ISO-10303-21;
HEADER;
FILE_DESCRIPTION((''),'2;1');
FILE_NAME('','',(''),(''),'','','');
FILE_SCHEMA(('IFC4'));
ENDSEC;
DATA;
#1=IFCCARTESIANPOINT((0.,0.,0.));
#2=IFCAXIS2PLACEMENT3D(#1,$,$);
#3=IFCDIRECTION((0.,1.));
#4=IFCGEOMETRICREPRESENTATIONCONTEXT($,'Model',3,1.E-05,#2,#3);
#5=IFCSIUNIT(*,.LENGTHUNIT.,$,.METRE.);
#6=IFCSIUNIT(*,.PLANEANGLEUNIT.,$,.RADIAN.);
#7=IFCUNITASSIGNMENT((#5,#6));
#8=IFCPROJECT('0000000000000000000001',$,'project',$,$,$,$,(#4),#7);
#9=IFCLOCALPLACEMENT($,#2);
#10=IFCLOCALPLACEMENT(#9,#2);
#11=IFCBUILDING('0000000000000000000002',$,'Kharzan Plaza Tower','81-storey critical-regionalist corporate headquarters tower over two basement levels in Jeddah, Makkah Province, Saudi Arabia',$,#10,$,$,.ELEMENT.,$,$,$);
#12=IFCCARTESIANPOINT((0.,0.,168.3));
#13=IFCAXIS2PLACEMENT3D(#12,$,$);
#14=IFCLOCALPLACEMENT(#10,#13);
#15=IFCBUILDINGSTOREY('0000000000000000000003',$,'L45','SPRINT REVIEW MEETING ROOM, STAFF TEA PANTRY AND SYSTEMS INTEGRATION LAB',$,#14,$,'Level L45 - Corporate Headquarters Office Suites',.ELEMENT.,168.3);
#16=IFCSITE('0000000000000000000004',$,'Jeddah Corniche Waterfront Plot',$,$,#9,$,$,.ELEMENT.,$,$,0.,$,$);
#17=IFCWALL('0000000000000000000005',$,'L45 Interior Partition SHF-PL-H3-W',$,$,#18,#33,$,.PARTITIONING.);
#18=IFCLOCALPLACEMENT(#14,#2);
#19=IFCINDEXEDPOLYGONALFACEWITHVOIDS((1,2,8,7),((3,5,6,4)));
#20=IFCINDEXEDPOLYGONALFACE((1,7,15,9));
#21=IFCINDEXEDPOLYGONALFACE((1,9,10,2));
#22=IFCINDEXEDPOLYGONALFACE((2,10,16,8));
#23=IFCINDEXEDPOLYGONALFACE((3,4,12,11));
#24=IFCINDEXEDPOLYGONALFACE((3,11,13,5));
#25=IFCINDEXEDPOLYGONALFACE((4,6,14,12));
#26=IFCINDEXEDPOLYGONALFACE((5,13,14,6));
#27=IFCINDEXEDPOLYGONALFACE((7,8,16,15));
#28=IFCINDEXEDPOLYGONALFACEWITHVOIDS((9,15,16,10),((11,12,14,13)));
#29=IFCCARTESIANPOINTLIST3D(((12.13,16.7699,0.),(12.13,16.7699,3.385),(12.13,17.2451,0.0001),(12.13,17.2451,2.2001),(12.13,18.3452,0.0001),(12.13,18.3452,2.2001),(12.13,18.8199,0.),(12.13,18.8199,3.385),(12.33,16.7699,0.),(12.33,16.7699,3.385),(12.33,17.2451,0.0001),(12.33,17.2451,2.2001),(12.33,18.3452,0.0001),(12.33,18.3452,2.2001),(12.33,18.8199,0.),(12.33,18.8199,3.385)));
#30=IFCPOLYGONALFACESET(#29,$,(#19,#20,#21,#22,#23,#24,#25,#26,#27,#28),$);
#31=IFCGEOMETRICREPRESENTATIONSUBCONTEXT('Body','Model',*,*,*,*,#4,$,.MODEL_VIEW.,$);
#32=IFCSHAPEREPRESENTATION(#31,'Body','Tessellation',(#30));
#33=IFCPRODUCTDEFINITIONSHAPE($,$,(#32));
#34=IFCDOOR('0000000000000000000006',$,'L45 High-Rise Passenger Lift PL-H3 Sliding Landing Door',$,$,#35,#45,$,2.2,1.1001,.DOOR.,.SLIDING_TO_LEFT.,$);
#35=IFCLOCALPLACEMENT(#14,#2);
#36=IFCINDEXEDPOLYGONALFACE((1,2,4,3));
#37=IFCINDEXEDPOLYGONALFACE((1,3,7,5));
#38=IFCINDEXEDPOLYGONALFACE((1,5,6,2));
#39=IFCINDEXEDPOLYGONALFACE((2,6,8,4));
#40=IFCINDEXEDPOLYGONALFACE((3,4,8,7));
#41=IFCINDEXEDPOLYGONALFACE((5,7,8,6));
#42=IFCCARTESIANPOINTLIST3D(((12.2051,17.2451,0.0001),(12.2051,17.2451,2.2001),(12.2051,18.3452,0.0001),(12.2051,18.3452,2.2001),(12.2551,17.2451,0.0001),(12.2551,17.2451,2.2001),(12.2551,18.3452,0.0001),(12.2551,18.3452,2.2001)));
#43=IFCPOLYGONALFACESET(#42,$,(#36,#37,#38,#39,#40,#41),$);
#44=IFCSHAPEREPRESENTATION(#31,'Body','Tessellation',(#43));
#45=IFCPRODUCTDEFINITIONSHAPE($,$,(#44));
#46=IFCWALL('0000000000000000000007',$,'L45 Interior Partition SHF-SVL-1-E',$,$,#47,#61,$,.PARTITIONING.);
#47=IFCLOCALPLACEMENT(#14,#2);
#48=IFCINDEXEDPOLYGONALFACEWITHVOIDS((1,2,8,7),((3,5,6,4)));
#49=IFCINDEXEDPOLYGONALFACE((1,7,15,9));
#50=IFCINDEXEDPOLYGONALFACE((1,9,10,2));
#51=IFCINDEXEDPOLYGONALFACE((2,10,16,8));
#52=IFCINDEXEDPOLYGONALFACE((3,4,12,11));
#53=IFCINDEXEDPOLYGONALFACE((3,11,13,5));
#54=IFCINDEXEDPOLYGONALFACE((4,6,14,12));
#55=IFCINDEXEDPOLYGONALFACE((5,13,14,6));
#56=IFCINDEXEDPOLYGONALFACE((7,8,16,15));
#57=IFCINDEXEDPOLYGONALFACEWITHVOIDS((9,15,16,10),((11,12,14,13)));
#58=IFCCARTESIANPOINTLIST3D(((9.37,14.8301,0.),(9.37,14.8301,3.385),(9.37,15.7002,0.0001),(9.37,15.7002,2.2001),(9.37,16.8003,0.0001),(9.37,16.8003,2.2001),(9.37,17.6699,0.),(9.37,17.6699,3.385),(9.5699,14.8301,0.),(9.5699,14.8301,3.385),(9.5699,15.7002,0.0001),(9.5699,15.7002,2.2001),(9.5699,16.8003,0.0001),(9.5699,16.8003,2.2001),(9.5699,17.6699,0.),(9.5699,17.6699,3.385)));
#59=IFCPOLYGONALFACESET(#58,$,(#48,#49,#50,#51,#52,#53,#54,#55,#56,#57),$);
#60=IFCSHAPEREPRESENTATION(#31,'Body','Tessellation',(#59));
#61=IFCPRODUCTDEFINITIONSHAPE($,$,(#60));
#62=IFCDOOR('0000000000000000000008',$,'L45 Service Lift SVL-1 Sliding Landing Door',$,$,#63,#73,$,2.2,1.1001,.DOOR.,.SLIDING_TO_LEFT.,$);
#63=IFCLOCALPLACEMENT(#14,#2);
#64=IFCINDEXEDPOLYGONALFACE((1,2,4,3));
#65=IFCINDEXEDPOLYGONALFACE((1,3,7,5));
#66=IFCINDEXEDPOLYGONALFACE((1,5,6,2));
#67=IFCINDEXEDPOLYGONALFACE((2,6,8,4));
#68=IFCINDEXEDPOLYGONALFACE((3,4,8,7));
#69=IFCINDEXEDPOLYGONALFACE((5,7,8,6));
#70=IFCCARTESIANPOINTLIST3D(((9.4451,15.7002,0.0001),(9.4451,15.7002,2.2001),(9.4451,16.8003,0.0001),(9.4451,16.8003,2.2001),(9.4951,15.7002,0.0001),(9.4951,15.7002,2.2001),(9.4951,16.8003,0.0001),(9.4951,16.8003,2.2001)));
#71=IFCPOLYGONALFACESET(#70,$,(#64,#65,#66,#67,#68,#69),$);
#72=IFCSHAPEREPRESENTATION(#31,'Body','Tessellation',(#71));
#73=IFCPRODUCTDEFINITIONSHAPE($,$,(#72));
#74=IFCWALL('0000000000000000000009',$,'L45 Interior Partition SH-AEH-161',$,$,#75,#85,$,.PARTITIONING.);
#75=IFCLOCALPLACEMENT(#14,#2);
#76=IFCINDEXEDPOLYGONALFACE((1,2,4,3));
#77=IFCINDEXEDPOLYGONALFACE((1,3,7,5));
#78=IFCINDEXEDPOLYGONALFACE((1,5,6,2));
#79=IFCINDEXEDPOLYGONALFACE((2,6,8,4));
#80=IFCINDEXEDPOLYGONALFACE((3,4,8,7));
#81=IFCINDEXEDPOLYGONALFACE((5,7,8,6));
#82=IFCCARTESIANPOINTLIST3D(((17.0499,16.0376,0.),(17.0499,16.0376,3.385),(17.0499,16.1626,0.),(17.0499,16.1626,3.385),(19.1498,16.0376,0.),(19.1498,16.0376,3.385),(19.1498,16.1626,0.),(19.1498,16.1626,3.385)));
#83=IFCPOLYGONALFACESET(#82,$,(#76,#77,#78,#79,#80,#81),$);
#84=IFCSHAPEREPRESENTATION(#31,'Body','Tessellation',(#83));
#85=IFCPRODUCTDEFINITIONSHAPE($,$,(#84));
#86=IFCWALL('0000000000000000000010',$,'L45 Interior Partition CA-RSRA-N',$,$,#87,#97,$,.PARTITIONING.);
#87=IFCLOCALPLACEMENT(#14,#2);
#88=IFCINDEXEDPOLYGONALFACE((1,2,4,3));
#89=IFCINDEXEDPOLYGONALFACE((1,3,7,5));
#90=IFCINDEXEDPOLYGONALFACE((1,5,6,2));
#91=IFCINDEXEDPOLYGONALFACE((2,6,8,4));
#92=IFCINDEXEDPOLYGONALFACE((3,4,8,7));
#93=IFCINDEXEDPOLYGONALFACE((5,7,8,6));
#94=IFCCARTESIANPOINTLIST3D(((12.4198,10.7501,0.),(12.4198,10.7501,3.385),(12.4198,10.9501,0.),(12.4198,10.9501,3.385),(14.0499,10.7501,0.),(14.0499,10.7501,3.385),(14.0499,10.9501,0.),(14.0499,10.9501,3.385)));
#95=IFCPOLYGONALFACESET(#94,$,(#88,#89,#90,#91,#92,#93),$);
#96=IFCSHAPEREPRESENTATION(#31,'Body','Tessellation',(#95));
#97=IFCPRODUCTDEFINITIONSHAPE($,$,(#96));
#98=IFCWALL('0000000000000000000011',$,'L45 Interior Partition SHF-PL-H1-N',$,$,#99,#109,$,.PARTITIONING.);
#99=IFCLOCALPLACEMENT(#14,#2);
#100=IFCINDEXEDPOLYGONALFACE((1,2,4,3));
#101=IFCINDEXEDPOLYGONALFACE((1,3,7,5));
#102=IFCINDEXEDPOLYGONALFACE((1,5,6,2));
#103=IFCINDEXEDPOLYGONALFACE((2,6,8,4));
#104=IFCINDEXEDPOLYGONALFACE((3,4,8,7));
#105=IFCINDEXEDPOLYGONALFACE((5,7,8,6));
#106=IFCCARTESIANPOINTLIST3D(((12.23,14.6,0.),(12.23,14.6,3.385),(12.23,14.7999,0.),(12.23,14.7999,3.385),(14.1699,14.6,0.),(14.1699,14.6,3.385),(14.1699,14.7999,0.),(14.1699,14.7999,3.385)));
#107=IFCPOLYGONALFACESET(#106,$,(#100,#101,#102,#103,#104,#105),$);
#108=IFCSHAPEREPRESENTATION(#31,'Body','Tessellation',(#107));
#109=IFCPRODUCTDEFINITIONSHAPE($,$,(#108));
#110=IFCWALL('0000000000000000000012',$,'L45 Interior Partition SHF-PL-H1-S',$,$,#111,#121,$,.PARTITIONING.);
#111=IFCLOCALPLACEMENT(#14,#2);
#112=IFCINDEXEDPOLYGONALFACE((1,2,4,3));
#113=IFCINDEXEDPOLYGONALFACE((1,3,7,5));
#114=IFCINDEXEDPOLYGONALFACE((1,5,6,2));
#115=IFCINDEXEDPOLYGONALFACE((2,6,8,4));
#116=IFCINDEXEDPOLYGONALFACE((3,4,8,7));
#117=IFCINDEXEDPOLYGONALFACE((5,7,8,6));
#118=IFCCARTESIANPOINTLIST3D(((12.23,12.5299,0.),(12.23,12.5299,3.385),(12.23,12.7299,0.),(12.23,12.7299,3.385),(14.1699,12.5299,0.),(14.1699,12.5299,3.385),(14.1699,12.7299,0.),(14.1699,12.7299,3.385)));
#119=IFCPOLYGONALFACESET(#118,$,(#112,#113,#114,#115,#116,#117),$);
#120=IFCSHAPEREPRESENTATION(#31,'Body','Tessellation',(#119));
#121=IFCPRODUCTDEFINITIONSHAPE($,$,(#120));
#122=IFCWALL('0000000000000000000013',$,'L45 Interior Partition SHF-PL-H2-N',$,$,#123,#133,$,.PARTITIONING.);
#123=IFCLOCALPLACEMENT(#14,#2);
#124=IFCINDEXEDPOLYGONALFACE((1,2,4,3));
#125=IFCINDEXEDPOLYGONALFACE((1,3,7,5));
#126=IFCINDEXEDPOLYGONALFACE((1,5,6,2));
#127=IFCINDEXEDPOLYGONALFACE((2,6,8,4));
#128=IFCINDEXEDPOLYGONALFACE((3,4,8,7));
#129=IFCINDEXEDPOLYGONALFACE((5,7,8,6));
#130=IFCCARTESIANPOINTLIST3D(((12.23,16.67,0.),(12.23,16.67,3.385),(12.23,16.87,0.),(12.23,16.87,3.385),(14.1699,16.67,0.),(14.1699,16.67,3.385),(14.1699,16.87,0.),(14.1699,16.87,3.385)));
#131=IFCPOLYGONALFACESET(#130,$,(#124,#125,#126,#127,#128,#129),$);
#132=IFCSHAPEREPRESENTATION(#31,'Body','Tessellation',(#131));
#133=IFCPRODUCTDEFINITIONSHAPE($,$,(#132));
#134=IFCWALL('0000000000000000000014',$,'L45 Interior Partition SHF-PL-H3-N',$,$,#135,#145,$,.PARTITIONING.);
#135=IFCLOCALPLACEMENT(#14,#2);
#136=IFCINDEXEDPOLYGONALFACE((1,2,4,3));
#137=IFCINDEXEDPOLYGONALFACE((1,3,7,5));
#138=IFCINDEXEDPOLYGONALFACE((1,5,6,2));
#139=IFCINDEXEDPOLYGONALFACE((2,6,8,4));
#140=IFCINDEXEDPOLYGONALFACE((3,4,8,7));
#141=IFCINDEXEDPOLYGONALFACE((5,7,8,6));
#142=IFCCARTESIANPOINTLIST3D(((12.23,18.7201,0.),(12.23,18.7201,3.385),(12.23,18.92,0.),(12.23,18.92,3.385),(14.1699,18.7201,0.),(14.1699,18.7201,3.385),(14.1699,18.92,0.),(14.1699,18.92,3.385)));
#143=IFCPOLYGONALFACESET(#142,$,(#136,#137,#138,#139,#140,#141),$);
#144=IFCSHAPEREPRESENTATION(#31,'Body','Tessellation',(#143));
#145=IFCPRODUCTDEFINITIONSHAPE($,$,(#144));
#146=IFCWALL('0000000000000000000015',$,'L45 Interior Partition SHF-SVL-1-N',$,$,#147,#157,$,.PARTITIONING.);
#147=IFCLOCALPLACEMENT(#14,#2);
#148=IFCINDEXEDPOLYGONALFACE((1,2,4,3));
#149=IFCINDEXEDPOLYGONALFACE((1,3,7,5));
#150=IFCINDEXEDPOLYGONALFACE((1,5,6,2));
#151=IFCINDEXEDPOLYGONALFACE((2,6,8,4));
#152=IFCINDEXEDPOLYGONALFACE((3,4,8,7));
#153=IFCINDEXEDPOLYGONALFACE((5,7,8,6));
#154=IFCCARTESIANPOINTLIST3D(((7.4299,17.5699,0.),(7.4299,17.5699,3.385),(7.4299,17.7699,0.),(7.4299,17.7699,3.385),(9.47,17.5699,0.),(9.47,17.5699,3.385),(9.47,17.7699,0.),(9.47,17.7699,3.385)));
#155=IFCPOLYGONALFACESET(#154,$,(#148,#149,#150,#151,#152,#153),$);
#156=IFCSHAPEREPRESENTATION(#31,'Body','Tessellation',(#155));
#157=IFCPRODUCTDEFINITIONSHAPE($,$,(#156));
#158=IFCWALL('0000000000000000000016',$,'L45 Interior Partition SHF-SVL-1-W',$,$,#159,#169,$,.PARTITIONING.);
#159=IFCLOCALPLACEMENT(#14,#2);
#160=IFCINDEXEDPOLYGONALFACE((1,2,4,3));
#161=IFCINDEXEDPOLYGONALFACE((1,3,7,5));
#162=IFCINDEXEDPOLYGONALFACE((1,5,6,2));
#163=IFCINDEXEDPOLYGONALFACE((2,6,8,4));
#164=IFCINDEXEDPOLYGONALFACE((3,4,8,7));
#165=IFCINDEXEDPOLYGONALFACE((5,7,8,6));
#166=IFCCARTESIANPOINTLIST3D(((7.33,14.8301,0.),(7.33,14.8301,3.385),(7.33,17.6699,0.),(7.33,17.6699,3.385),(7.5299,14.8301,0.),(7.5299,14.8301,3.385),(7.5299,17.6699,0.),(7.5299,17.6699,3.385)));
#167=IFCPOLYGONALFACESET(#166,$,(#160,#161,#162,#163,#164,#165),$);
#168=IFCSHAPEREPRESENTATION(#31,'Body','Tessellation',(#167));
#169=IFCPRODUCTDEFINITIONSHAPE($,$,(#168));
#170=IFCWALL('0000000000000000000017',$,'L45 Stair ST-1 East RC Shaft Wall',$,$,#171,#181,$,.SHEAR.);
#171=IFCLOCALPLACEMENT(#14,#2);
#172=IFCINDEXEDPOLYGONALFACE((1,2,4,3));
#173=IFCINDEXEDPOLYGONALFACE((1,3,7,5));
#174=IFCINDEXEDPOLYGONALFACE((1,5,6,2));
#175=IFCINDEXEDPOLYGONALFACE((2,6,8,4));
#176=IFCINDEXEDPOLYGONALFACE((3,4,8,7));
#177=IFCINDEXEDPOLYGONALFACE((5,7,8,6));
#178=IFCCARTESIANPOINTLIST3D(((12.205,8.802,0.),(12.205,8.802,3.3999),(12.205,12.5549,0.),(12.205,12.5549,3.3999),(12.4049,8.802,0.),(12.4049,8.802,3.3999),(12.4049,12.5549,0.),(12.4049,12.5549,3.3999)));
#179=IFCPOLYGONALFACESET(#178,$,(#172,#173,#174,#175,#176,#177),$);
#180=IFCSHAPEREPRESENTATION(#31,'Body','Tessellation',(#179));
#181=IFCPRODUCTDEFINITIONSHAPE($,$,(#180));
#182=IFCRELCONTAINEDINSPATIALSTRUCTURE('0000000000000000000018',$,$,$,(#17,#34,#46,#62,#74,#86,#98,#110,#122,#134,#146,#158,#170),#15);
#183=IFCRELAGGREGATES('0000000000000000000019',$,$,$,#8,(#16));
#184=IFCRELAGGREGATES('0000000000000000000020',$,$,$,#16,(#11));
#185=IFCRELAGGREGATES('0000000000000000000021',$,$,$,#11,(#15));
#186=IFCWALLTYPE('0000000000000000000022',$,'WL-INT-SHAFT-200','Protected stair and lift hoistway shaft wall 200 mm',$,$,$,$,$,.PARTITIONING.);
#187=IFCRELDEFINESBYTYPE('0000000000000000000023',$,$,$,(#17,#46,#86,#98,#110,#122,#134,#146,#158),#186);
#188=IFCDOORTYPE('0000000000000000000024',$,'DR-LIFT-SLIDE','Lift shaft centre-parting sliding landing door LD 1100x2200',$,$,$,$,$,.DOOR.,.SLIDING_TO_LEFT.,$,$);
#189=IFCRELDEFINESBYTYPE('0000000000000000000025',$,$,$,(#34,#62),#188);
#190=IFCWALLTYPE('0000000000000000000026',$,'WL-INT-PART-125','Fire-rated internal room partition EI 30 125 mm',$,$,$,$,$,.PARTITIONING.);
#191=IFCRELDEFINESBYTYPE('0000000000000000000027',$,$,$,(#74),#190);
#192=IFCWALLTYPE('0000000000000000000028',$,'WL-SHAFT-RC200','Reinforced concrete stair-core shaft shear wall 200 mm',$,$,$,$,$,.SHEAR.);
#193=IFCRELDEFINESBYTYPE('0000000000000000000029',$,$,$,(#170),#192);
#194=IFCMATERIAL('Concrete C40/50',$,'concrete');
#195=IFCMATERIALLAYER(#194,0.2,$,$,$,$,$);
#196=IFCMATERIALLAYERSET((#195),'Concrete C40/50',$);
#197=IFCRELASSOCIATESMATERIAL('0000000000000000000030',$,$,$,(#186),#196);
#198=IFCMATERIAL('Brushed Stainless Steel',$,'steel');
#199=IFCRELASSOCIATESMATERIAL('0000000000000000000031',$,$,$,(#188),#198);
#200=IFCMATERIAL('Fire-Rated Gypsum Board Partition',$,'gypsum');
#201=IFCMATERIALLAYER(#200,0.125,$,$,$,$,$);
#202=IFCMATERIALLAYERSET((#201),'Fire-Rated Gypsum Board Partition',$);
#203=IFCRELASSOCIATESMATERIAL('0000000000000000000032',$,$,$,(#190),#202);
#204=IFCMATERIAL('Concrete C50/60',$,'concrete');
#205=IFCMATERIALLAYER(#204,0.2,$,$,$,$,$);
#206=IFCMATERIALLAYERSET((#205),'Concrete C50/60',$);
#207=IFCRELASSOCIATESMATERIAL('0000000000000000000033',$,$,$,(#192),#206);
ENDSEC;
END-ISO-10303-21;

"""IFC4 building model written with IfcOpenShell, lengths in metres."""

from ifc_helpers import new_model, si_unit, direction, frame, frame_2d, origin, place, context, subcontext, project, spatial, rectangle, extrude, source, transform, mapped, material, layer, layer_set, type_object, element, fill, save


model = new_model("IFC4")

# Units and contexts
model_context = context("Model", 3, precision=1e-05, world=origin(), true_north=direction((0.0, 1.0)))
body_context = subcontext(model_context, "Body", "Model", "MODEL_VIEW")
ifc_project = project(units=[si_unit("LENGTHUNIT", "METRE"), si_unit("PLANEANGLEUNIT", "RADIAN")], contexts=[model_context])

# Site, building, storey
site_placement = place(None, origin())
site = spatial("IfcSite", under=ifc_project, at=site_placement, Name="Jeddah Corniche Waterfront Plot", CompositionType="ELEMENT", RefElevation=0.0)
building_placement = place(site_placement, origin())
building = spatial("IfcBuilding", under=site, at=building_placement, Name="Kharzan Plaza Tower", Description="81-storey critical-regionalist corporate headquarters tower over two basement levels in Jeddah, Makkah Province, Saudi Arabia", CompositionType="ELEMENT")
storey_placement = place(building_placement, frame((0.0, 0.0, 168.3)))
storey = spatial("IfcBuildingStorey", under=building, at=storey_placement, Name="L45", Description="SPRINT REVIEW MEETING ROOM, STAFF TEA PANTRY AND SYSTEMS INTEGRATION LAB", LongName="Level L45 - Corporate Headquarters Office Suites", CompositionType="ELEMENT", Elevation=168.3)

# Walls, openings, doors
ifc_material_1 = material(Name="Concrete C40/50", Category="concrete")
ifc_layer_1 = layer(ifc_material_1, 0.2)
ifc_layer_set_1 = layer_set([ifc_layer_1], Name="Concrete C40/50")
wall_type_1 = type_object("IfcWallType", Name="WL-INT-SHAFT-200", Description="Protected stair and lift hoistway shaft wall 200 mm", PredefinedType="PARTITIONING", material=ifc_layer_set_1)
ifc_material_2 = material(Name="Brushed Stainless Steel", Category="steel")
door_type = type_object("IfcDoorType", Name="DR-LIFT-SLIDE", Description="Lift shaft centre-parting sliding landing door LD 1100x2200", OperationType="SLIDING_TO_LEFT", PredefinedType="DOOR", material=ifc_material_2)
shared_shape_1 = source(origin(), body_context, "Body", "SweptSolid", [
    extrude(rectangle(XDim=1.1001, YDim=2.2, at=frame_2d((0.55, 1.1001))), frame((0.0, 0.0249, 0.0), z_axis=(0.0, -1.0, 0.0), x_axis=(1.0, 0.0, 0.0)), (0.0, 0.0, 1.0), 0.05),
])
wall_1_placement = place(storey_placement, frame((12.23, 16.77, 0.0), z_axis=(0.0, 0.0, 1.0), x_axis=(0.0, 1.0, 0.0)))
wall_1 = element("IfcWall", 1, at=wall_1_placement, inside=storey, type_object=wall_type_1, Name="L45 Interior Partition SHF-PL-H3-W", PredefinedType="PARTITIONING", context=body_context, shape_type="SweptSolid", body=[
    extrude(rectangle(XDim=2.05, YDim=0.2, at=frame_2d((1.0249, 0.0))), origin(), (0.0, 0.0, 1.0), 3.385),
])
opening_1_placement = place(wall_1_placement, frame((0.4751, 0.0, 0.0)))
opening_1 = element("IfcOpeningElement", 2, at=opening_1_placement, cuts=wall_1, PredefinedType="OPENING", context=body_context, shape_type="SweptSolid", body=[
    extrude(rectangle(XDim=1.1001, YDim=2.2, at=frame_2d((0.55, 1.1001))), frame((0.0, 0.1099, 0.0), z_axis=(0.0, -1.0, 0.0), x_axis=(1.0, 0.0, 0.0)), (0.0, 0.0, 1.0), 0.22),
])
door_1_placement = place(opening_1_placement, origin())
door_1 = element("IfcDoor", 3, at=door_1_placement, inside=storey, type_object=door_type, Name="L45 High-Rise Passenger Lift PL-H3 Sliding Landing Door", OperationType="SLIDING_TO_LEFT", OverallHeight=2.2, OverallWidth=1.1001, PredefinedType="DOOR", context=body_context, shape_type="MappedRepresentation", body=[
    mapped(shared_shape_1, transform((0.0, 0.0, 0.0), x_axis=(1.0, 0.0, 0.0), y_axis=(0.0, 1.0, 0.0), z_axis=(0.0, 0.0, 1.0))),
])
fill(opening_1, door_1)
wall_2_placement = place(storey_placement, frame((9.47, 14.8301, 0.0), z_axis=(0.0, 0.0, 1.0), x_axis=(0.0, 1.0, 0.0)))
wall_2 = element("IfcWall", 4, at=wall_2_placement, inside=storey, type_object=wall_type_1, Name="L45 Interior Partition SHF-SVL-1-E", PredefinedType="PARTITIONING", context=body_context, shape_type="SweptSolid", body=[
    extrude(rectangle(XDim=2.8398, YDim=0.2, at=frame_2d((1.4199, 0.0))), origin(), (0.0, 0.0, 1.0), 3.385),
])
opening_2_placement = place(wall_2_placement, frame((0.8701, 0.0, 0.0)))
opening_2 = element("IfcOpeningElement", 5, at=opening_2_placement, cuts=wall_2, PredefinedType="OPENING", context=body_context, shape_type="SweptSolid", body=[
    extrude(rectangle(XDim=1.1001, YDim=2.2, at=frame_2d((0.55, 1.1001))), frame((0.0, 0.1099, 0.0), z_axis=(0.0, -1.0, 0.0), x_axis=(1.0, 0.0, 0.0)), (0.0, 0.0, 1.0), 0.22),
])
door_2_placement = place(opening_2_placement, origin())
door_2 = element("IfcDoor", 6, at=door_2_placement, inside=storey, type_object=door_type, Name="L45 Service Lift SVL-1 Sliding Landing Door", OperationType="SLIDING_TO_LEFT", OverallHeight=2.2, OverallWidth=1.1001, PredefinedType="DOOR", context=body_context, shape_type="MappedRepresentation", body=[
    mapped(shared_shape_1, transform((0.0, 0.0, 0.0), x_axis=(1.0, 0.0, 0.0), y_axis=(0.0, 1.0, 0.0), z_axis=(0.0, 0.0, 1.0))),
])
fill(opening_2, door_2)

# Walls
ifc_material_3 = material(Name="Fire-Rated Gypsum Board Partition", Category="gypsum")
ifc_layer_2 = layer(ifc_material_3, 0.125)
ifc_layer_set_2 = layer_set([ifc_layer_2], Name="Fire-Rated Gypsum Board Partition")
wall_type_2 = type_object("IfcWallType", Name="WL-INT-PART-125", Description="Fire-rated internal room partition EI 30 125 mm", PredefinedType="PARTITIONING", material=ifc_layer_set_2)
shared_shape_2 = source(origin(), body_context, "Body", "SweptSolid", [
    extrude(rectangle(XDim=2.0999, YDim=0.125, at=frame_2d((1.0498, 0.0))), origin(), (0.0, 0.0, 1.0), 3.385),
])
wall_3_placement = place(storey_placement, frame((17.05, 16.1001, 0.0), z_axis=(0.0, 0.0, 1.0), x_axis=(1.0, 0.0, 0.0)))
element("IfcWall", 7, at=wall_3_placement, inside=storey, type_object=wall_type_2, Name="L45 Interior Partition SH-AEH-161", PredefinedType="PARTITIONING", context=body_context, shape_type="MappedRepresentation", body=[
    mapped(shared_shape_2, transform((0.0, 0.0, 0.0), x_axis=(1.0, 0.0, 0.0), y_axis=(0.0, 1.0, 0.0), z_axis=(0.0, 0.0, 1.0))),
])
shared_shape_3 = source(origin(), body_context, "Body", "SweptSolid", [
    extrude(rectangle(XDim=1.6301, YDim=0.2, at=frame_2d((0.8149, 0.0))), origin(), (0.0, 0.0, 1.0), 3.385),
])
wall_4_placement = place(storey_placement, frame((12.4199, 10.8501, 0.0), z_axis=(0.0, 0.0, 1.0), x_axis=(1.0, 0.0, 0.0)))
element("IfcWall", 8, at=wall_4_placement, inside=storey, type_object=wall_type_1, Name="L45 Interior Partition CA-RSRA-N", PredefinedType="PARTITIONING", context=body_context, shape_type="MappedRepresentation", body=[
    mapped(shared_shape_3, transform((0.0, 0.0, 0.0), x_axis=(1.0, 0.0, 0.0), y_axis=(0.0, 1.0, 0.0), z_axis=(0.0, 0.0, 1.0))),
])
shared_shape_4 = source(origin(), body_context, "Body", "SweptSolid", [
    extrude(rectangle(XDim=1.9399, YDim=0.2, at=frame_2d((0.97, 0.0))), origin(), (0.0, 0.0, 1.0), 3.385),
])
for number, where, z_axis, x_axis, name in (
    (9, (12.23, 14.7, 0.0), (0.0, 0.0, 1.0), (1.0, 0.0, 0.0), "L45 Interior Partition SHF-PL-H1-N"),
    (10, (12.23, 12.6299, 0.0), (0.0, 0.0, 1.0), (1.0, 0.0, 0.0), "L45 Interior Partition SHF-PL-H1-S"),
    (11, (12.23, 16.77, 0.0), (0.0, 0.0, 1.0), (1.0, 0.0, 0.0), "L45 Interior Partition SHF-PL-H2-N"),
    (12, (12.23, 18.8201, 0.0), (0.0, 0.0, 1.0), (1.0, 0.0, 0.0), "L45 Interior Partition SHF-PL-H3-N"),
):
    element("IfcWall", number, at=place(storey_placement, frame(where, z_axis=z_axis, x_axis=x_axis)), inside=storey, type_object=wall_type_1, Name=name, PredefinedType="PARTITIONING", context=body_context, shape_type="MappedRepresentation", body=[
        mapped(shared_shape_4, transform((0.0, 0.0, 0.0), x_axis=(1.0, 0.0, 0.0), y_axis=(0.0, 1.0, 0.0), z_axis=(0.0, 0.0, 1.0))),
    ])
shared_shape_5 = source(origin(), body_context, "Body", "SweptSolid", [
    extrude(rectangle(XDim=2.04, YDim=0.2, at=frame_2d((1.02, 0.0))), origin(), (0.0, 0.0, 1.0), 3.385),
])
wall_5_placement = place(storey_placement, frame((7.4299, 17.6699, 0.0), z_axis=(0.0, 0.0, 1.0), x_axis=(1.0, 0.0, 0.0)))
element("IfcWall", 13, at=wall_5_placement, inside=storey, type_object=wall_type_1, Name="L45 Interior Partition SHF-SVL-1-N", PredefinedType="PARTITIONING", context=body_context, shape_type="MappedRepresentation", body=[
    mapped(shared_shape_5, transform((0.0, 0.0, 0.0), x_axis=(1.0, 0.0, 0.0), y_axis=(0.0, 1.0, 0.0), z_axis=(0.0, 0.0, 1.0))),
])
shared_shape_6 = source(origin(), body_context, "Body", "SweptSolid", [
    extrude(rectangle(XDim=2.8398, YDim=0.2, at=frame_2d((1.4199, 0.0))), origin(), (0.0, 0.0, 1.0), 3.385),
])
wall_6_placement = place(storey_placement, frame((7.4299, 14.8301, 0.0), z_axis=(0.0, 0.0, 1.0), x_axis=(0.0, 1.0, 0.0)))
element("IfcWall", 14, at=wall_6_placement, inside=storey, type_object=wall_type_1, Name="L45 Interior Partition SHF-SVL-1-W", PredefinedType="PARTITIONING", context=body_context, shape_type="MappedRepresentation", body=[
    mapped(shared_shape_6, transform((0.0, 0.0, 0.0), x_axis=(1.0, 0.0, 0.0), y_axis=(0.0, 1.0, 0.0), z_axis=(0.0, 0.0, 1.0))),
])
ifc_material_4 = material(Name="Concrete C50/60", Category="concrete")
ifc_layer_3 = layer(ifc_material_4, 0.2)
ifc_layer_set_3 = layer_set([ifc_layer_3], Name="Concrete C50/60")
wall_type_3 = type_object("IfcWallType", Name="WL-SHAFT-RC200", Description="Reinforced concrete stair-core shaft shear wall 200 mm", PredefinedType="SHEAR", material=ifc_layer_set_3)
shared_shape_7 = source(origin(), body_context, "Body", "SweptSolid", [
    extrude(rectangle(XDim=3.7529, YDim=0.2, at=frame_2d((1.8765, 0.0))), origin(), (0.0, 0.0, 1.0), 3.3999),
])
wall_7_placement = place(storey_placement, frame((12.3049, 8.802, 0.0), z_axis=(0.0, 0.0, 1.0), x_axis=(0.0, 1.0, 0.0)))
element("IfcWall", 15, at=wall_7_placement, inside=storey, type_object=wall_type_3, Name="L45 Stair ST-1 East RC Shaft Wall", PredefinedType="SHEAR", context=body_context, shape_type="MappedRepresentation", body=[
    mapped(shared_shape_7, transform((0.0, 0.0, 0.0), x_axis=(1.0, 0.0, 0.0), y_axis=(0.0, 1.0, 0.0), z_axis=(0.0, 0.0, 1.0))),
])

save(model, "model.ifc")
